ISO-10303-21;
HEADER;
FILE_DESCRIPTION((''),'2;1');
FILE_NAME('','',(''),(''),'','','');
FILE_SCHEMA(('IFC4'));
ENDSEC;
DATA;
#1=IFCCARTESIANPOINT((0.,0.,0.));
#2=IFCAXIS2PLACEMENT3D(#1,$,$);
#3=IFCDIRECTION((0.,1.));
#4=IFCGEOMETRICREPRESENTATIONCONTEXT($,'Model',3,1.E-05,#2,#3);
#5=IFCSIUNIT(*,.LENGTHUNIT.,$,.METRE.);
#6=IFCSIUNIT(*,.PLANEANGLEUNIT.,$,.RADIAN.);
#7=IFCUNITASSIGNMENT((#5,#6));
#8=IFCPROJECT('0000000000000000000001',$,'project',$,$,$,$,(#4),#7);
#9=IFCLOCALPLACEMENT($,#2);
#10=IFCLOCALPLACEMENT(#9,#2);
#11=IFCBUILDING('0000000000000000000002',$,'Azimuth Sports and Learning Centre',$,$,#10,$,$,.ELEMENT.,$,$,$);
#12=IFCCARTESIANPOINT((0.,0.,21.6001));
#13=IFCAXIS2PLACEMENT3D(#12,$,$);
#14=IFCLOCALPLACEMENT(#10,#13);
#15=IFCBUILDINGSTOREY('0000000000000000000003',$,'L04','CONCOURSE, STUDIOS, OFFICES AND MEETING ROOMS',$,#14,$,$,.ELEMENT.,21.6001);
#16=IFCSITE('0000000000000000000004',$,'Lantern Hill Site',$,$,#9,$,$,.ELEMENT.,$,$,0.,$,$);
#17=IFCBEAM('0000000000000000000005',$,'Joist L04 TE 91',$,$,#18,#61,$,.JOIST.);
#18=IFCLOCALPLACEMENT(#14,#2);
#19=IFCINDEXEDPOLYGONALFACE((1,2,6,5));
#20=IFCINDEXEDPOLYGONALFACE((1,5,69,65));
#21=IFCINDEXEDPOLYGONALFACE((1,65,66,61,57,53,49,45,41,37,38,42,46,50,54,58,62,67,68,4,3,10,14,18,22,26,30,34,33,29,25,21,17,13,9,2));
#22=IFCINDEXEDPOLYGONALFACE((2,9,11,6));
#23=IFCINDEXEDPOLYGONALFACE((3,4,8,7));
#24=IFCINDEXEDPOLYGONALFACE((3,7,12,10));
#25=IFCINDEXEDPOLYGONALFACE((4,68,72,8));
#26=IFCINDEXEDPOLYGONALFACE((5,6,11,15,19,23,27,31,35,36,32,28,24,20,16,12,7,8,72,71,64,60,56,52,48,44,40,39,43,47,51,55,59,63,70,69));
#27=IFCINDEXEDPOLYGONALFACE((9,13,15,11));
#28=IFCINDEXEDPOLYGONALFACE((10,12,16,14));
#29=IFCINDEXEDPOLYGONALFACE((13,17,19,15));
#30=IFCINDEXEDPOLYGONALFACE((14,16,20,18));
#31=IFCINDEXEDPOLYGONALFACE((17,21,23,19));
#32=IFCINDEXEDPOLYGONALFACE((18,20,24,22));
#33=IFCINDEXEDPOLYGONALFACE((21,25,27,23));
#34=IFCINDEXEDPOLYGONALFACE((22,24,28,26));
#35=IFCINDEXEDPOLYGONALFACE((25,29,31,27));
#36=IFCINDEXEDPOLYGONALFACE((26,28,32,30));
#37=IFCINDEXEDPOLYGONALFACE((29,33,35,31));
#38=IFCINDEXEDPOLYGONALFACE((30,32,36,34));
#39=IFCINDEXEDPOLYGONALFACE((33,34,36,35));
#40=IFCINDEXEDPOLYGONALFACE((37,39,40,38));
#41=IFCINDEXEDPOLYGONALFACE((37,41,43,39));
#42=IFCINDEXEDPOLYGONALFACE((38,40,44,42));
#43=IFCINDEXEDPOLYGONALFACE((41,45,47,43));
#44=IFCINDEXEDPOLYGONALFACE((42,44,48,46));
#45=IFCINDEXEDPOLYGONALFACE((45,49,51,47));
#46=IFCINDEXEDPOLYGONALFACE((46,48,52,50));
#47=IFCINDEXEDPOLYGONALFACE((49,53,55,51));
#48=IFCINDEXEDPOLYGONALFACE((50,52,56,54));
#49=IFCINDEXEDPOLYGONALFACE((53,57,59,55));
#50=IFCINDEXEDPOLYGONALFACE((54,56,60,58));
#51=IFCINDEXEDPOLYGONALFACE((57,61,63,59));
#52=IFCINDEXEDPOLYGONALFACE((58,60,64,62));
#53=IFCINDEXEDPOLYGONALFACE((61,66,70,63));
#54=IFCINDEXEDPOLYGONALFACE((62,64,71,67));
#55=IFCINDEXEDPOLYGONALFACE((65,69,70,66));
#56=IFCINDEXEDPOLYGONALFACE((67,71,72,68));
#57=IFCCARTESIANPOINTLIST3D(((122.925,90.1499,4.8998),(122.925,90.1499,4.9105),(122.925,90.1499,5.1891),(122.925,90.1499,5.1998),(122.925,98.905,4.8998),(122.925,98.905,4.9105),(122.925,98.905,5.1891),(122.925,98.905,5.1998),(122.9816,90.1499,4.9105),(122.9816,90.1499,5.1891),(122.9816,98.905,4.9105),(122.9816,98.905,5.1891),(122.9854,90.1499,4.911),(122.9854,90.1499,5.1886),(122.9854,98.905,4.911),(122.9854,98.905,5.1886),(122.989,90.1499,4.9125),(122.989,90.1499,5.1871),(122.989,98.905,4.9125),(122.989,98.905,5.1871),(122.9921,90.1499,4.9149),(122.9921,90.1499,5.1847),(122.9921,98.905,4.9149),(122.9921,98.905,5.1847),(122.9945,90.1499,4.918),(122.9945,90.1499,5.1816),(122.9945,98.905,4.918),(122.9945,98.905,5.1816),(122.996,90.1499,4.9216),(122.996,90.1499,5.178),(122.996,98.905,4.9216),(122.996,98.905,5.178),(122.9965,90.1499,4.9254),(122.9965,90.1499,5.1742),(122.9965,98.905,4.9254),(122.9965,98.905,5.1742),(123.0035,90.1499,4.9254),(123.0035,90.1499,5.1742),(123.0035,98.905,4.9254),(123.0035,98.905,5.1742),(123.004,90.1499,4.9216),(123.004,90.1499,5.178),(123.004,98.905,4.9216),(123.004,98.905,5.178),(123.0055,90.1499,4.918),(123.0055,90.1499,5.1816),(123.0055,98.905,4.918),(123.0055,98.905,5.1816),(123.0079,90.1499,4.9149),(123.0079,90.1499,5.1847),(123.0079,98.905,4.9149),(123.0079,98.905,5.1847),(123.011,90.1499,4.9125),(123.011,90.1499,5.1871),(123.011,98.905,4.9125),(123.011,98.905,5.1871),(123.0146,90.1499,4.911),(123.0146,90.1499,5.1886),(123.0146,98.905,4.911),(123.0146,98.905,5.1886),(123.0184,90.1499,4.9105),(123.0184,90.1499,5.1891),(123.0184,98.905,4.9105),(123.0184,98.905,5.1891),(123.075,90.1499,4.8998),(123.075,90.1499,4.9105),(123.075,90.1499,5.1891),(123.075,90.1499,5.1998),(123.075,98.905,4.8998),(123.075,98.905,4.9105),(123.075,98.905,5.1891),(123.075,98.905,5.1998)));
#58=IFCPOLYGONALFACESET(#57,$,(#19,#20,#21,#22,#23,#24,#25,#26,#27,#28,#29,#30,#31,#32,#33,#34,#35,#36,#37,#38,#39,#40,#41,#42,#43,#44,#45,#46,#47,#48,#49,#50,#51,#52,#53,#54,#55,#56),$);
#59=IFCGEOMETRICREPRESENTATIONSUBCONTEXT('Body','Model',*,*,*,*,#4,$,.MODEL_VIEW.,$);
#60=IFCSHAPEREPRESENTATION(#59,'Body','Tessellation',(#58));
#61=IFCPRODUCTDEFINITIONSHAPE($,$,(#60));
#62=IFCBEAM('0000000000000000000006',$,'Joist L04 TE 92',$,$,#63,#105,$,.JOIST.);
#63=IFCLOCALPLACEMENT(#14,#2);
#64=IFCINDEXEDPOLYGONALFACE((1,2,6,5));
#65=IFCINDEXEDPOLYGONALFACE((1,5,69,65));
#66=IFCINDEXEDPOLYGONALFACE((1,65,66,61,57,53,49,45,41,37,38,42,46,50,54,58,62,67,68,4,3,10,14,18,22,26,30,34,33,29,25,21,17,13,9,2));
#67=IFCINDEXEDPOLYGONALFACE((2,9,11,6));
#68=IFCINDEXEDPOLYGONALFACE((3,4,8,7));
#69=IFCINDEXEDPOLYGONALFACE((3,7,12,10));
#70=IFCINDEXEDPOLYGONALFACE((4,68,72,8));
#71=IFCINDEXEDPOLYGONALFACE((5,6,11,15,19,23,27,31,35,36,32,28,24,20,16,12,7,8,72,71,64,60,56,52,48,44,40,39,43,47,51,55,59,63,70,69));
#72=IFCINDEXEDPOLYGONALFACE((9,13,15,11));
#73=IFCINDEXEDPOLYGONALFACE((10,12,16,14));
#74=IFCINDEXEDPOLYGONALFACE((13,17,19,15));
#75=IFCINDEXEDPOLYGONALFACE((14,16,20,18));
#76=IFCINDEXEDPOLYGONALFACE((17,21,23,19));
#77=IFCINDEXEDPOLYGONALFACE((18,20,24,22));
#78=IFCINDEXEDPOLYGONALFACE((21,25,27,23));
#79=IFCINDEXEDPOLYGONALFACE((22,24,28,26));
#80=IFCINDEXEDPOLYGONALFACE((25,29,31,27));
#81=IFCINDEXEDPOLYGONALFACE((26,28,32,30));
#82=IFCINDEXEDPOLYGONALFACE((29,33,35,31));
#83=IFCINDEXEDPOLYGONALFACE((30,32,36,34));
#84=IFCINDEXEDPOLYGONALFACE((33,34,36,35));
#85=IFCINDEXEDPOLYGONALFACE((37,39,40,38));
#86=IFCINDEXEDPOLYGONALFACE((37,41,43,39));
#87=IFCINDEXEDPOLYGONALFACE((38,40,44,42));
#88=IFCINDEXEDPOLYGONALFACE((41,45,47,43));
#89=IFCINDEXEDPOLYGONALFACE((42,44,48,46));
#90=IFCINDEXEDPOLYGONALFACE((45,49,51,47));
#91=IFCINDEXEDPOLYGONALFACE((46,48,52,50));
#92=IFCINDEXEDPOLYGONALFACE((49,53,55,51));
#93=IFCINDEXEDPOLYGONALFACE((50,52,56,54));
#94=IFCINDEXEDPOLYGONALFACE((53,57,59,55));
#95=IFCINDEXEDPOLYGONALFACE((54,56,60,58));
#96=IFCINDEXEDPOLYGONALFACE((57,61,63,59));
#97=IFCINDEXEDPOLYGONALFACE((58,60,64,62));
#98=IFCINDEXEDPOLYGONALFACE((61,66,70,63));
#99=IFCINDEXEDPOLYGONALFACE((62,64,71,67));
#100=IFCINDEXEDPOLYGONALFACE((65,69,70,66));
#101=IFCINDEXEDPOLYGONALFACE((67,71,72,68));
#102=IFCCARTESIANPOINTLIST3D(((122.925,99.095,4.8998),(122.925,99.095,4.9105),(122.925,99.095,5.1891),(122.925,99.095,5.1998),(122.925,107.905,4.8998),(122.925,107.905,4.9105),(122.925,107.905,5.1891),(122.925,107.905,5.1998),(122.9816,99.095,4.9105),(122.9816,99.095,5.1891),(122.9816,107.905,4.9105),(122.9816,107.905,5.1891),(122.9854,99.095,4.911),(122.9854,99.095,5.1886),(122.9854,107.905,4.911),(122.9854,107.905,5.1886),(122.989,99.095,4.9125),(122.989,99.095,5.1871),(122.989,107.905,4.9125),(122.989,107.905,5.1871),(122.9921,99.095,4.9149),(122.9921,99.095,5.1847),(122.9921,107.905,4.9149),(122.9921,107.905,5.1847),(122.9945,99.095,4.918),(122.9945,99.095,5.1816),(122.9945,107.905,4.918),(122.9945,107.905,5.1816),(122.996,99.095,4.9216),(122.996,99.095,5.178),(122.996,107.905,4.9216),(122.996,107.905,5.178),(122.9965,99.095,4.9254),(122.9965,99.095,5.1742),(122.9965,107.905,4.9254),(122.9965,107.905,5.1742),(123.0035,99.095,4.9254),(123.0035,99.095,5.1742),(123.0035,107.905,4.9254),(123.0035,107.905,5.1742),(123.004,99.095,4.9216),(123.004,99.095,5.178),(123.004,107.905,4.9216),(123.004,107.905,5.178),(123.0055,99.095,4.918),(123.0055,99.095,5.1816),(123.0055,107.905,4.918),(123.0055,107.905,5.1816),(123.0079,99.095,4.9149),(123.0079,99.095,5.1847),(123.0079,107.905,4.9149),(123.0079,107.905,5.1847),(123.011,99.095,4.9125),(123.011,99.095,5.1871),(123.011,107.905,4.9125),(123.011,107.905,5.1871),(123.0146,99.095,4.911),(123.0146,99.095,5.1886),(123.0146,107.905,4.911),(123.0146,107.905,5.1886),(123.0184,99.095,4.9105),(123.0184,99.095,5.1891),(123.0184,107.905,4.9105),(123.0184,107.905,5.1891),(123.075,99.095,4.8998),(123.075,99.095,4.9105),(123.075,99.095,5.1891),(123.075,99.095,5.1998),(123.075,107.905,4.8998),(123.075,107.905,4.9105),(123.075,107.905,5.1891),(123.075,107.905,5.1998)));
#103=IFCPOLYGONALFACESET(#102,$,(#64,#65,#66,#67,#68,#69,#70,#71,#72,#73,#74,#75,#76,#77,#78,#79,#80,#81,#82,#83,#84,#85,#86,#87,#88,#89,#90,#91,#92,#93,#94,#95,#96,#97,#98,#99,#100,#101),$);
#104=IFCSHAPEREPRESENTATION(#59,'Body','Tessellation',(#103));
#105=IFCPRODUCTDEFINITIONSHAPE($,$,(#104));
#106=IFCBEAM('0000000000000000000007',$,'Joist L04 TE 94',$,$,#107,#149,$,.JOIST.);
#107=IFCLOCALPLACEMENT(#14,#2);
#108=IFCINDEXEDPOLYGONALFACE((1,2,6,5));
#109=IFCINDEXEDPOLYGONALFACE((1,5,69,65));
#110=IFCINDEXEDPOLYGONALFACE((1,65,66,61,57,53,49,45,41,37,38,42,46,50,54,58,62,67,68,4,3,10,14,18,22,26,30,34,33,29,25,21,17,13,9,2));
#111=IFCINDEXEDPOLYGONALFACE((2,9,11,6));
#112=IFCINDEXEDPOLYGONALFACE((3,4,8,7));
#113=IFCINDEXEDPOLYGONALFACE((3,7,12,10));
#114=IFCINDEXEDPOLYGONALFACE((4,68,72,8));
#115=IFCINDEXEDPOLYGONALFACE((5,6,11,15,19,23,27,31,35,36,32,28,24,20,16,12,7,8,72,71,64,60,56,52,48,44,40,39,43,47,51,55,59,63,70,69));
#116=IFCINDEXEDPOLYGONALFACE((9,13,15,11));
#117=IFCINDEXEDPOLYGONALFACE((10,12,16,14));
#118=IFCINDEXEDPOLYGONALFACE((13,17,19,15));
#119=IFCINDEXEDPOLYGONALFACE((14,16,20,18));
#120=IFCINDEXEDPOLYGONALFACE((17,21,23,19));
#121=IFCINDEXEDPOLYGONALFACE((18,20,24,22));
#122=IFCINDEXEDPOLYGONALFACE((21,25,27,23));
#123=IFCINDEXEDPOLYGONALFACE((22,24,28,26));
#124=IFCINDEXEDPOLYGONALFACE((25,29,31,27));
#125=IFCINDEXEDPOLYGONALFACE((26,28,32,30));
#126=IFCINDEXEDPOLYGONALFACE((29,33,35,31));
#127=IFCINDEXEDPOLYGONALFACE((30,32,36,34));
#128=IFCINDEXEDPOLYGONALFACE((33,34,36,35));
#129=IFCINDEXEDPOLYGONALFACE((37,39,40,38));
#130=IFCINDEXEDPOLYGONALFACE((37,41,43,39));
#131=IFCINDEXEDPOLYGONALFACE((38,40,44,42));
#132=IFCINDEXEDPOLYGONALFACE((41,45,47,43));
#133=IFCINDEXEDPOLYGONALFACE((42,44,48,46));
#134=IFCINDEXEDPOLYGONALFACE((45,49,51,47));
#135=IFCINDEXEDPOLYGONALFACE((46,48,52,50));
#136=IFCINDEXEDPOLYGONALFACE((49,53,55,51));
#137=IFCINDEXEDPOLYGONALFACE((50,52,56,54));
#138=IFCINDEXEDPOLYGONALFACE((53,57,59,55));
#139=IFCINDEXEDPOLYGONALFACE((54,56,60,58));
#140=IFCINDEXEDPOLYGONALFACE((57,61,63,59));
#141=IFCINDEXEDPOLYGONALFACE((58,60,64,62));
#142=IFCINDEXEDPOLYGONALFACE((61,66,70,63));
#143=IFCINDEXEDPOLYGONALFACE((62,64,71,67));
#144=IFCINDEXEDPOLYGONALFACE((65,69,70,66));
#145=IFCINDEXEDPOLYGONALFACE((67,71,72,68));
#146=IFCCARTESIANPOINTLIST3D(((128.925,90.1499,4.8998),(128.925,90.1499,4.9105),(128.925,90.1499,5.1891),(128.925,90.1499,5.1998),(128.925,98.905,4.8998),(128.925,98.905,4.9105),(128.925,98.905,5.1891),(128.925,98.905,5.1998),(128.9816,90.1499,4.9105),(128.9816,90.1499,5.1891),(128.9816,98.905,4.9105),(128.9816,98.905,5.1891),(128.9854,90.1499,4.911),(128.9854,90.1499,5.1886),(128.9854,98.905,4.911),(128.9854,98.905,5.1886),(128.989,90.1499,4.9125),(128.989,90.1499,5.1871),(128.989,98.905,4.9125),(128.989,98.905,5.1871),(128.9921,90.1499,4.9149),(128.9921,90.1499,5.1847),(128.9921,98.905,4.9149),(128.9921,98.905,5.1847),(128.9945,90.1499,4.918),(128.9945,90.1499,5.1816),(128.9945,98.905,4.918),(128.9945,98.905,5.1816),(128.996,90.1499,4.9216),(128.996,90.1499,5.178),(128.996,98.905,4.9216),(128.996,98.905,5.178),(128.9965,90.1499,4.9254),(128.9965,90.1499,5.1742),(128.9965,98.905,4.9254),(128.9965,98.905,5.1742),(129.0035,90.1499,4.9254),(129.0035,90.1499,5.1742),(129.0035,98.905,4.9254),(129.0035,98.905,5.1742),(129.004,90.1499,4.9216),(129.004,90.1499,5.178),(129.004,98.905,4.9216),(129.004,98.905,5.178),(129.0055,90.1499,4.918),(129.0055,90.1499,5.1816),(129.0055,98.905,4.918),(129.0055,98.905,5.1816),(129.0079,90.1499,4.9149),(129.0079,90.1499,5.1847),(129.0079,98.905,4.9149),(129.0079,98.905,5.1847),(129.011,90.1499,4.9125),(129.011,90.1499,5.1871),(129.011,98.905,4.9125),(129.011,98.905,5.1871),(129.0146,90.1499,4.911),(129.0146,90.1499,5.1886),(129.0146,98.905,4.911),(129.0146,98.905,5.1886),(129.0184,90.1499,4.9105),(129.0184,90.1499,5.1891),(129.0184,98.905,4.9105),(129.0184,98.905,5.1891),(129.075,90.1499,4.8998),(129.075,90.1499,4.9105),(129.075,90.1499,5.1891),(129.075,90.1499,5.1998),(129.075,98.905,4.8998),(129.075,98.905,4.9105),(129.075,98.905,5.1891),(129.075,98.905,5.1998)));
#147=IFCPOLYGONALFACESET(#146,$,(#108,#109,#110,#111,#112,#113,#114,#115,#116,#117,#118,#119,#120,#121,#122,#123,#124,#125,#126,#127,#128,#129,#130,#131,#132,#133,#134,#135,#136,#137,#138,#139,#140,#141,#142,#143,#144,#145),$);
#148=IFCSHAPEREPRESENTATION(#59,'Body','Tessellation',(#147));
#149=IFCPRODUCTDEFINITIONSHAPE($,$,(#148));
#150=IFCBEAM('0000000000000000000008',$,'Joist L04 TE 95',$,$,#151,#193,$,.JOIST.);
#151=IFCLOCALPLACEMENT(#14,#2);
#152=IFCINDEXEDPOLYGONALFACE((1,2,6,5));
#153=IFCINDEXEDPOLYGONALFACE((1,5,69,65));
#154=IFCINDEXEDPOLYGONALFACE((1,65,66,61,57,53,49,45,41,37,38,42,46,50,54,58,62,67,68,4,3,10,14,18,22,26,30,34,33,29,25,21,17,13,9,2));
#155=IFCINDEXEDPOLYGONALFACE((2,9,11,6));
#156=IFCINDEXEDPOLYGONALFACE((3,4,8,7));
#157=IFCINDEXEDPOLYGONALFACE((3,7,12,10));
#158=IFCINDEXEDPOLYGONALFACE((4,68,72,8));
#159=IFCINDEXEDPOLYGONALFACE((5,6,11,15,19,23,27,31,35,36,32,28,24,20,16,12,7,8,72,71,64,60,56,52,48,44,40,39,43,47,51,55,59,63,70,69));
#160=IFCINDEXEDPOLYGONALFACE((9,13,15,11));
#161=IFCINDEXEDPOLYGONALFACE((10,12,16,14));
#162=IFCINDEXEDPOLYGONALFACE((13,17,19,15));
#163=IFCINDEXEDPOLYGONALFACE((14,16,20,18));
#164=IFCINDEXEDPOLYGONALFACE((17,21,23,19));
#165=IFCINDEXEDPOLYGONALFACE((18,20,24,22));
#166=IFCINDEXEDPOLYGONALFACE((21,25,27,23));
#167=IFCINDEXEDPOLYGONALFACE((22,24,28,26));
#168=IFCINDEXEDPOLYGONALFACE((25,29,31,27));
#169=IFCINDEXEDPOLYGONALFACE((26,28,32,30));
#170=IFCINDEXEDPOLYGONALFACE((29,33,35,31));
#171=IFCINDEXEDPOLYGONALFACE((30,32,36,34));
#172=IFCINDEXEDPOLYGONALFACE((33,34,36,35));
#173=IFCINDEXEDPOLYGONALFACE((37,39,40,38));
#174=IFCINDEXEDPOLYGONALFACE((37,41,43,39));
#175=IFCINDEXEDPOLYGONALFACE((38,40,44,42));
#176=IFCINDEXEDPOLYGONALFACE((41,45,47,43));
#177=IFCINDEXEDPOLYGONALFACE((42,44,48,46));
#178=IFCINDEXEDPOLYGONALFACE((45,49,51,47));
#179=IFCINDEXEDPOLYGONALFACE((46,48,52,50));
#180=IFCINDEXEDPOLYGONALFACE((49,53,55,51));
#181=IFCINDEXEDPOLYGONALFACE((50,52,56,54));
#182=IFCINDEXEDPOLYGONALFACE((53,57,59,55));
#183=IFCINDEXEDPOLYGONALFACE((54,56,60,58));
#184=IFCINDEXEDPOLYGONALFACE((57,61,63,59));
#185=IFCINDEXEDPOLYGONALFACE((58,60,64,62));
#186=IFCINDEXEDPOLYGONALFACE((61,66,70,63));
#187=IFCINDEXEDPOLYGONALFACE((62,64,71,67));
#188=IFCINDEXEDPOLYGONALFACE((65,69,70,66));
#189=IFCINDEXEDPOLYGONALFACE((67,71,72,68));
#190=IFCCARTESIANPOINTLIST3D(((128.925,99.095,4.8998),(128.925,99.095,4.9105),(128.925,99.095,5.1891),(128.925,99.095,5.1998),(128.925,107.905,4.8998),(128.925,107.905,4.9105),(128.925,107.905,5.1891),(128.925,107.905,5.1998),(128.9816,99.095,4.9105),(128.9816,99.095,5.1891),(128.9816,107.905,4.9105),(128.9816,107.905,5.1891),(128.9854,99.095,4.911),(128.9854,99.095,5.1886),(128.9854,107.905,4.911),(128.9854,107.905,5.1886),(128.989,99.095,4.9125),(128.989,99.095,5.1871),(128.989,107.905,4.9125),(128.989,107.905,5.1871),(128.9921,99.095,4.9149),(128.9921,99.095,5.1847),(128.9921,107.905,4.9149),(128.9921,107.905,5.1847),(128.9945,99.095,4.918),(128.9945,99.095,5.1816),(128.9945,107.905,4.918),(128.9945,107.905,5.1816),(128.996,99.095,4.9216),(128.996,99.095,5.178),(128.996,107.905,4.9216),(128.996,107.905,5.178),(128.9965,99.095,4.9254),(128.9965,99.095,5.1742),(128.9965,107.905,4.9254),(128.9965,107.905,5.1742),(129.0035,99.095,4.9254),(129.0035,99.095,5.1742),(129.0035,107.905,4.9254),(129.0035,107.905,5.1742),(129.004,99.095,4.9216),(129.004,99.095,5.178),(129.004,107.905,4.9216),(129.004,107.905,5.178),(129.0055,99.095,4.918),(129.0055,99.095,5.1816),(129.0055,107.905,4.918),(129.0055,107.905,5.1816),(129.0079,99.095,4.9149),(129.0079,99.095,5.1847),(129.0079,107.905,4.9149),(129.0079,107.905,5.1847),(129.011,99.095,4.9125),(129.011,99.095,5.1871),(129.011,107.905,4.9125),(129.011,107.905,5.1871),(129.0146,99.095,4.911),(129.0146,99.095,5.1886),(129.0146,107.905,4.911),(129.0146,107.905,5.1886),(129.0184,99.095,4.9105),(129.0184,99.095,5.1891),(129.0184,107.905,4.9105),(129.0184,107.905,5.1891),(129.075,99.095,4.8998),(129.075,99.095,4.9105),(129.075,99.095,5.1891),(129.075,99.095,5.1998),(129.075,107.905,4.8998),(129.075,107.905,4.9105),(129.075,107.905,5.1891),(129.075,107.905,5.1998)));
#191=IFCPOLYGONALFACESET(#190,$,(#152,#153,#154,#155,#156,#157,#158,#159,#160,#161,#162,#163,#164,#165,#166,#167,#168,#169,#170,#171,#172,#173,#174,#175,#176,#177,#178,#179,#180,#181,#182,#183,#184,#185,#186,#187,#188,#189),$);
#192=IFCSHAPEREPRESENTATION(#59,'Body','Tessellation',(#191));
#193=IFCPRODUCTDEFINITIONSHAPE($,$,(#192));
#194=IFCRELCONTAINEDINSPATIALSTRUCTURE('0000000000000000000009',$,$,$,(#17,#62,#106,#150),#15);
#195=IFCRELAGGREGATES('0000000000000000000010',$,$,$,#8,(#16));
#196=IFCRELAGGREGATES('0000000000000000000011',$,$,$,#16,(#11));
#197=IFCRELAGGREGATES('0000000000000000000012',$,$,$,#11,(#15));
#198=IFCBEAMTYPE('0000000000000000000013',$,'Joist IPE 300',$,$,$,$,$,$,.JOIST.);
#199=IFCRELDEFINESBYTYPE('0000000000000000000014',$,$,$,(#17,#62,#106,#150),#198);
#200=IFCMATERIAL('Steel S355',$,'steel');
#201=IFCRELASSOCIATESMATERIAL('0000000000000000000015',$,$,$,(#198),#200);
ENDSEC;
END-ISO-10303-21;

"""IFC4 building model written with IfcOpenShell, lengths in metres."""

from ifc_helpers import new_model, si_unit, direction, frame, origin, origin_2d, place, context, subcontext, project, spatial, i_section, extrude, material, material_profile, profile_set, type_object, element, save


model = new_model("IFC4")

# Units and contexts
model_context = context("Model", 3, precision=1e-05, world=origin(), true_north=direction((0.0, 1.0)))
body_context = subcontext(model_context, "Body", "Model", "MODEL_VIEW")
ifc_project = project(units=[si_unit("LENGTHUNIT", "METRE"), si_unit("PLANEANGLEUNIT", "RADIAN")], contexts=[model_context])

# Site, building, storey
site_placement = place(None, origin())
site = spatial("IfcSite", under=ifc_project, at=site_placement, Name="Lantern Hill Site", CompositionType="ELEMENT", RefElevation=0.0)
building_placement = place(site_placement, origin())
building = spatial("IfcBuilding", under=site, at=building_placement, Name="Azimuth Sports and Learning Centre", CompositionType="ELEMENT")
storey_placement = place(building_placement, frame((0.0, 0.0, 21.6001)))
storey = spatial("IfcBuildingStorey", under=building, at=storey_placement, Name="L04", Description="CONCOURSE, STUDIOS, OFFICES AND MEETING ROOMS", CompositionType="ELEMENT", Elevation=21.6001)

# Beams
ifc_material_1 = material(Name="Steel S355", Category="steel")
ifc_material_profile_1 = material_profile(ifc_material_1, i_section(OverallWidth=0.1499, OverallDepth=0.3, WebThickness=0.0071, FlangeThickness=0.0107, FilletRadius=0.0149, at=origin_2d()), Name="IPE 300")
ifc_profile_set_1 = profile_set([ifc_material_profile_1], Name="Steel S355")
beam_type_1 = type_object("IfcBeamType", Name="Joist IPE 300", PredefinedType="JOIST", material=ifc_profile_set_1)
beam_1_placement = place(storey_placement, frame((123.0, 90.1499, 5.0498), z_axis=(0.0, 1.0, 0.0), x_axis=(-1.0, 0.0, 0.0)))
element("IfcBeam", 1, at=beam_1_placement, inside=storey, type_object=beam_type_1, Name="Joist L04 TE 91", PredefinedType="JOIST", context=body_context, shape_type="SweptSolid", body=[
    extrude(i_section(OverallWidth=0.1499, OverallDepth=0.3, WebThickness=0.0071, FlangeThickness=0.0107, FilletRadius=0.0149, at=origin_2d()), origin(), (0.0, 0.0, 1.0), 8.7551),
])
beam_2_placement = place(storey_placement, frame((123.0, 99.095, 5.0498), z_axis=(0.0, 1.0, 0.0), x_axis=(-1.0, 0.0, 0.0)))
element("IfcBeam", 2, at=beam_2_placement, inside=storey, type_object=beam_type_1, Name="Joist L04 TE 92", PredefinedType="JOIST", context=body_context, shape_type="SweptSolid", body=[
    extrude(i_section(OverallWidth=0.1499, OverallDepth=0.3, WebThickness=0.0071, FlangeThickness=0.0107, FilletRadius=0.0149, at=origin_2d()), origin(), (0.0, 0.0, 1.0), 8.8101),
])
beam_3_placement = place(storey_placement, frame((129.0, 90.1499, 5.0498), z_axis=(0.0, 1.0, 0.0), x_axis=(-1.0, 0.0, 0.0)))
element("IfcBeam", 3, at=beam_3_placement, inside=storey, type_object=beam_type_1, Name="Joist L04 TE 94", PredefinedType="JOIST", context=body_context, shape_type="SweptSolid", body=[
    extrude(i_section(OverallWidth=0.1499, OverallDepth=0.3, WebThickness=0.0071, FlangeThickness=0.0107, FilletRadius=0.0149, at=origin_2d()), origin(), (0.0, 0.0, 1.0), 8.7551),
])
beam_4_placement = place(storey_placement, frame((129.0, 99.095, 5.0498), z_axis=(0.0, 1.0, 0.0), x_axis=(-1.0, 0.0, 0.0)))
element("IfcBeam", 4, at=beam_4_placement, inside=storey, type_object=beam_type_1, Name="Joist L04 TE 95", PredefinedType="JOIST", context=body_context, shape_type="SweptSolid", body=[
    extrude(i_section(OverallWidth=0.1499, OverallDepth=0.3, WebThickness=0.0071, FlangeThickness=0.0107, FilletRadius=0.0149, at=origin_2d()), origin(), (0.0, 0.0, 1.0), 8.8101),
])

save(model, "model.ifc")
